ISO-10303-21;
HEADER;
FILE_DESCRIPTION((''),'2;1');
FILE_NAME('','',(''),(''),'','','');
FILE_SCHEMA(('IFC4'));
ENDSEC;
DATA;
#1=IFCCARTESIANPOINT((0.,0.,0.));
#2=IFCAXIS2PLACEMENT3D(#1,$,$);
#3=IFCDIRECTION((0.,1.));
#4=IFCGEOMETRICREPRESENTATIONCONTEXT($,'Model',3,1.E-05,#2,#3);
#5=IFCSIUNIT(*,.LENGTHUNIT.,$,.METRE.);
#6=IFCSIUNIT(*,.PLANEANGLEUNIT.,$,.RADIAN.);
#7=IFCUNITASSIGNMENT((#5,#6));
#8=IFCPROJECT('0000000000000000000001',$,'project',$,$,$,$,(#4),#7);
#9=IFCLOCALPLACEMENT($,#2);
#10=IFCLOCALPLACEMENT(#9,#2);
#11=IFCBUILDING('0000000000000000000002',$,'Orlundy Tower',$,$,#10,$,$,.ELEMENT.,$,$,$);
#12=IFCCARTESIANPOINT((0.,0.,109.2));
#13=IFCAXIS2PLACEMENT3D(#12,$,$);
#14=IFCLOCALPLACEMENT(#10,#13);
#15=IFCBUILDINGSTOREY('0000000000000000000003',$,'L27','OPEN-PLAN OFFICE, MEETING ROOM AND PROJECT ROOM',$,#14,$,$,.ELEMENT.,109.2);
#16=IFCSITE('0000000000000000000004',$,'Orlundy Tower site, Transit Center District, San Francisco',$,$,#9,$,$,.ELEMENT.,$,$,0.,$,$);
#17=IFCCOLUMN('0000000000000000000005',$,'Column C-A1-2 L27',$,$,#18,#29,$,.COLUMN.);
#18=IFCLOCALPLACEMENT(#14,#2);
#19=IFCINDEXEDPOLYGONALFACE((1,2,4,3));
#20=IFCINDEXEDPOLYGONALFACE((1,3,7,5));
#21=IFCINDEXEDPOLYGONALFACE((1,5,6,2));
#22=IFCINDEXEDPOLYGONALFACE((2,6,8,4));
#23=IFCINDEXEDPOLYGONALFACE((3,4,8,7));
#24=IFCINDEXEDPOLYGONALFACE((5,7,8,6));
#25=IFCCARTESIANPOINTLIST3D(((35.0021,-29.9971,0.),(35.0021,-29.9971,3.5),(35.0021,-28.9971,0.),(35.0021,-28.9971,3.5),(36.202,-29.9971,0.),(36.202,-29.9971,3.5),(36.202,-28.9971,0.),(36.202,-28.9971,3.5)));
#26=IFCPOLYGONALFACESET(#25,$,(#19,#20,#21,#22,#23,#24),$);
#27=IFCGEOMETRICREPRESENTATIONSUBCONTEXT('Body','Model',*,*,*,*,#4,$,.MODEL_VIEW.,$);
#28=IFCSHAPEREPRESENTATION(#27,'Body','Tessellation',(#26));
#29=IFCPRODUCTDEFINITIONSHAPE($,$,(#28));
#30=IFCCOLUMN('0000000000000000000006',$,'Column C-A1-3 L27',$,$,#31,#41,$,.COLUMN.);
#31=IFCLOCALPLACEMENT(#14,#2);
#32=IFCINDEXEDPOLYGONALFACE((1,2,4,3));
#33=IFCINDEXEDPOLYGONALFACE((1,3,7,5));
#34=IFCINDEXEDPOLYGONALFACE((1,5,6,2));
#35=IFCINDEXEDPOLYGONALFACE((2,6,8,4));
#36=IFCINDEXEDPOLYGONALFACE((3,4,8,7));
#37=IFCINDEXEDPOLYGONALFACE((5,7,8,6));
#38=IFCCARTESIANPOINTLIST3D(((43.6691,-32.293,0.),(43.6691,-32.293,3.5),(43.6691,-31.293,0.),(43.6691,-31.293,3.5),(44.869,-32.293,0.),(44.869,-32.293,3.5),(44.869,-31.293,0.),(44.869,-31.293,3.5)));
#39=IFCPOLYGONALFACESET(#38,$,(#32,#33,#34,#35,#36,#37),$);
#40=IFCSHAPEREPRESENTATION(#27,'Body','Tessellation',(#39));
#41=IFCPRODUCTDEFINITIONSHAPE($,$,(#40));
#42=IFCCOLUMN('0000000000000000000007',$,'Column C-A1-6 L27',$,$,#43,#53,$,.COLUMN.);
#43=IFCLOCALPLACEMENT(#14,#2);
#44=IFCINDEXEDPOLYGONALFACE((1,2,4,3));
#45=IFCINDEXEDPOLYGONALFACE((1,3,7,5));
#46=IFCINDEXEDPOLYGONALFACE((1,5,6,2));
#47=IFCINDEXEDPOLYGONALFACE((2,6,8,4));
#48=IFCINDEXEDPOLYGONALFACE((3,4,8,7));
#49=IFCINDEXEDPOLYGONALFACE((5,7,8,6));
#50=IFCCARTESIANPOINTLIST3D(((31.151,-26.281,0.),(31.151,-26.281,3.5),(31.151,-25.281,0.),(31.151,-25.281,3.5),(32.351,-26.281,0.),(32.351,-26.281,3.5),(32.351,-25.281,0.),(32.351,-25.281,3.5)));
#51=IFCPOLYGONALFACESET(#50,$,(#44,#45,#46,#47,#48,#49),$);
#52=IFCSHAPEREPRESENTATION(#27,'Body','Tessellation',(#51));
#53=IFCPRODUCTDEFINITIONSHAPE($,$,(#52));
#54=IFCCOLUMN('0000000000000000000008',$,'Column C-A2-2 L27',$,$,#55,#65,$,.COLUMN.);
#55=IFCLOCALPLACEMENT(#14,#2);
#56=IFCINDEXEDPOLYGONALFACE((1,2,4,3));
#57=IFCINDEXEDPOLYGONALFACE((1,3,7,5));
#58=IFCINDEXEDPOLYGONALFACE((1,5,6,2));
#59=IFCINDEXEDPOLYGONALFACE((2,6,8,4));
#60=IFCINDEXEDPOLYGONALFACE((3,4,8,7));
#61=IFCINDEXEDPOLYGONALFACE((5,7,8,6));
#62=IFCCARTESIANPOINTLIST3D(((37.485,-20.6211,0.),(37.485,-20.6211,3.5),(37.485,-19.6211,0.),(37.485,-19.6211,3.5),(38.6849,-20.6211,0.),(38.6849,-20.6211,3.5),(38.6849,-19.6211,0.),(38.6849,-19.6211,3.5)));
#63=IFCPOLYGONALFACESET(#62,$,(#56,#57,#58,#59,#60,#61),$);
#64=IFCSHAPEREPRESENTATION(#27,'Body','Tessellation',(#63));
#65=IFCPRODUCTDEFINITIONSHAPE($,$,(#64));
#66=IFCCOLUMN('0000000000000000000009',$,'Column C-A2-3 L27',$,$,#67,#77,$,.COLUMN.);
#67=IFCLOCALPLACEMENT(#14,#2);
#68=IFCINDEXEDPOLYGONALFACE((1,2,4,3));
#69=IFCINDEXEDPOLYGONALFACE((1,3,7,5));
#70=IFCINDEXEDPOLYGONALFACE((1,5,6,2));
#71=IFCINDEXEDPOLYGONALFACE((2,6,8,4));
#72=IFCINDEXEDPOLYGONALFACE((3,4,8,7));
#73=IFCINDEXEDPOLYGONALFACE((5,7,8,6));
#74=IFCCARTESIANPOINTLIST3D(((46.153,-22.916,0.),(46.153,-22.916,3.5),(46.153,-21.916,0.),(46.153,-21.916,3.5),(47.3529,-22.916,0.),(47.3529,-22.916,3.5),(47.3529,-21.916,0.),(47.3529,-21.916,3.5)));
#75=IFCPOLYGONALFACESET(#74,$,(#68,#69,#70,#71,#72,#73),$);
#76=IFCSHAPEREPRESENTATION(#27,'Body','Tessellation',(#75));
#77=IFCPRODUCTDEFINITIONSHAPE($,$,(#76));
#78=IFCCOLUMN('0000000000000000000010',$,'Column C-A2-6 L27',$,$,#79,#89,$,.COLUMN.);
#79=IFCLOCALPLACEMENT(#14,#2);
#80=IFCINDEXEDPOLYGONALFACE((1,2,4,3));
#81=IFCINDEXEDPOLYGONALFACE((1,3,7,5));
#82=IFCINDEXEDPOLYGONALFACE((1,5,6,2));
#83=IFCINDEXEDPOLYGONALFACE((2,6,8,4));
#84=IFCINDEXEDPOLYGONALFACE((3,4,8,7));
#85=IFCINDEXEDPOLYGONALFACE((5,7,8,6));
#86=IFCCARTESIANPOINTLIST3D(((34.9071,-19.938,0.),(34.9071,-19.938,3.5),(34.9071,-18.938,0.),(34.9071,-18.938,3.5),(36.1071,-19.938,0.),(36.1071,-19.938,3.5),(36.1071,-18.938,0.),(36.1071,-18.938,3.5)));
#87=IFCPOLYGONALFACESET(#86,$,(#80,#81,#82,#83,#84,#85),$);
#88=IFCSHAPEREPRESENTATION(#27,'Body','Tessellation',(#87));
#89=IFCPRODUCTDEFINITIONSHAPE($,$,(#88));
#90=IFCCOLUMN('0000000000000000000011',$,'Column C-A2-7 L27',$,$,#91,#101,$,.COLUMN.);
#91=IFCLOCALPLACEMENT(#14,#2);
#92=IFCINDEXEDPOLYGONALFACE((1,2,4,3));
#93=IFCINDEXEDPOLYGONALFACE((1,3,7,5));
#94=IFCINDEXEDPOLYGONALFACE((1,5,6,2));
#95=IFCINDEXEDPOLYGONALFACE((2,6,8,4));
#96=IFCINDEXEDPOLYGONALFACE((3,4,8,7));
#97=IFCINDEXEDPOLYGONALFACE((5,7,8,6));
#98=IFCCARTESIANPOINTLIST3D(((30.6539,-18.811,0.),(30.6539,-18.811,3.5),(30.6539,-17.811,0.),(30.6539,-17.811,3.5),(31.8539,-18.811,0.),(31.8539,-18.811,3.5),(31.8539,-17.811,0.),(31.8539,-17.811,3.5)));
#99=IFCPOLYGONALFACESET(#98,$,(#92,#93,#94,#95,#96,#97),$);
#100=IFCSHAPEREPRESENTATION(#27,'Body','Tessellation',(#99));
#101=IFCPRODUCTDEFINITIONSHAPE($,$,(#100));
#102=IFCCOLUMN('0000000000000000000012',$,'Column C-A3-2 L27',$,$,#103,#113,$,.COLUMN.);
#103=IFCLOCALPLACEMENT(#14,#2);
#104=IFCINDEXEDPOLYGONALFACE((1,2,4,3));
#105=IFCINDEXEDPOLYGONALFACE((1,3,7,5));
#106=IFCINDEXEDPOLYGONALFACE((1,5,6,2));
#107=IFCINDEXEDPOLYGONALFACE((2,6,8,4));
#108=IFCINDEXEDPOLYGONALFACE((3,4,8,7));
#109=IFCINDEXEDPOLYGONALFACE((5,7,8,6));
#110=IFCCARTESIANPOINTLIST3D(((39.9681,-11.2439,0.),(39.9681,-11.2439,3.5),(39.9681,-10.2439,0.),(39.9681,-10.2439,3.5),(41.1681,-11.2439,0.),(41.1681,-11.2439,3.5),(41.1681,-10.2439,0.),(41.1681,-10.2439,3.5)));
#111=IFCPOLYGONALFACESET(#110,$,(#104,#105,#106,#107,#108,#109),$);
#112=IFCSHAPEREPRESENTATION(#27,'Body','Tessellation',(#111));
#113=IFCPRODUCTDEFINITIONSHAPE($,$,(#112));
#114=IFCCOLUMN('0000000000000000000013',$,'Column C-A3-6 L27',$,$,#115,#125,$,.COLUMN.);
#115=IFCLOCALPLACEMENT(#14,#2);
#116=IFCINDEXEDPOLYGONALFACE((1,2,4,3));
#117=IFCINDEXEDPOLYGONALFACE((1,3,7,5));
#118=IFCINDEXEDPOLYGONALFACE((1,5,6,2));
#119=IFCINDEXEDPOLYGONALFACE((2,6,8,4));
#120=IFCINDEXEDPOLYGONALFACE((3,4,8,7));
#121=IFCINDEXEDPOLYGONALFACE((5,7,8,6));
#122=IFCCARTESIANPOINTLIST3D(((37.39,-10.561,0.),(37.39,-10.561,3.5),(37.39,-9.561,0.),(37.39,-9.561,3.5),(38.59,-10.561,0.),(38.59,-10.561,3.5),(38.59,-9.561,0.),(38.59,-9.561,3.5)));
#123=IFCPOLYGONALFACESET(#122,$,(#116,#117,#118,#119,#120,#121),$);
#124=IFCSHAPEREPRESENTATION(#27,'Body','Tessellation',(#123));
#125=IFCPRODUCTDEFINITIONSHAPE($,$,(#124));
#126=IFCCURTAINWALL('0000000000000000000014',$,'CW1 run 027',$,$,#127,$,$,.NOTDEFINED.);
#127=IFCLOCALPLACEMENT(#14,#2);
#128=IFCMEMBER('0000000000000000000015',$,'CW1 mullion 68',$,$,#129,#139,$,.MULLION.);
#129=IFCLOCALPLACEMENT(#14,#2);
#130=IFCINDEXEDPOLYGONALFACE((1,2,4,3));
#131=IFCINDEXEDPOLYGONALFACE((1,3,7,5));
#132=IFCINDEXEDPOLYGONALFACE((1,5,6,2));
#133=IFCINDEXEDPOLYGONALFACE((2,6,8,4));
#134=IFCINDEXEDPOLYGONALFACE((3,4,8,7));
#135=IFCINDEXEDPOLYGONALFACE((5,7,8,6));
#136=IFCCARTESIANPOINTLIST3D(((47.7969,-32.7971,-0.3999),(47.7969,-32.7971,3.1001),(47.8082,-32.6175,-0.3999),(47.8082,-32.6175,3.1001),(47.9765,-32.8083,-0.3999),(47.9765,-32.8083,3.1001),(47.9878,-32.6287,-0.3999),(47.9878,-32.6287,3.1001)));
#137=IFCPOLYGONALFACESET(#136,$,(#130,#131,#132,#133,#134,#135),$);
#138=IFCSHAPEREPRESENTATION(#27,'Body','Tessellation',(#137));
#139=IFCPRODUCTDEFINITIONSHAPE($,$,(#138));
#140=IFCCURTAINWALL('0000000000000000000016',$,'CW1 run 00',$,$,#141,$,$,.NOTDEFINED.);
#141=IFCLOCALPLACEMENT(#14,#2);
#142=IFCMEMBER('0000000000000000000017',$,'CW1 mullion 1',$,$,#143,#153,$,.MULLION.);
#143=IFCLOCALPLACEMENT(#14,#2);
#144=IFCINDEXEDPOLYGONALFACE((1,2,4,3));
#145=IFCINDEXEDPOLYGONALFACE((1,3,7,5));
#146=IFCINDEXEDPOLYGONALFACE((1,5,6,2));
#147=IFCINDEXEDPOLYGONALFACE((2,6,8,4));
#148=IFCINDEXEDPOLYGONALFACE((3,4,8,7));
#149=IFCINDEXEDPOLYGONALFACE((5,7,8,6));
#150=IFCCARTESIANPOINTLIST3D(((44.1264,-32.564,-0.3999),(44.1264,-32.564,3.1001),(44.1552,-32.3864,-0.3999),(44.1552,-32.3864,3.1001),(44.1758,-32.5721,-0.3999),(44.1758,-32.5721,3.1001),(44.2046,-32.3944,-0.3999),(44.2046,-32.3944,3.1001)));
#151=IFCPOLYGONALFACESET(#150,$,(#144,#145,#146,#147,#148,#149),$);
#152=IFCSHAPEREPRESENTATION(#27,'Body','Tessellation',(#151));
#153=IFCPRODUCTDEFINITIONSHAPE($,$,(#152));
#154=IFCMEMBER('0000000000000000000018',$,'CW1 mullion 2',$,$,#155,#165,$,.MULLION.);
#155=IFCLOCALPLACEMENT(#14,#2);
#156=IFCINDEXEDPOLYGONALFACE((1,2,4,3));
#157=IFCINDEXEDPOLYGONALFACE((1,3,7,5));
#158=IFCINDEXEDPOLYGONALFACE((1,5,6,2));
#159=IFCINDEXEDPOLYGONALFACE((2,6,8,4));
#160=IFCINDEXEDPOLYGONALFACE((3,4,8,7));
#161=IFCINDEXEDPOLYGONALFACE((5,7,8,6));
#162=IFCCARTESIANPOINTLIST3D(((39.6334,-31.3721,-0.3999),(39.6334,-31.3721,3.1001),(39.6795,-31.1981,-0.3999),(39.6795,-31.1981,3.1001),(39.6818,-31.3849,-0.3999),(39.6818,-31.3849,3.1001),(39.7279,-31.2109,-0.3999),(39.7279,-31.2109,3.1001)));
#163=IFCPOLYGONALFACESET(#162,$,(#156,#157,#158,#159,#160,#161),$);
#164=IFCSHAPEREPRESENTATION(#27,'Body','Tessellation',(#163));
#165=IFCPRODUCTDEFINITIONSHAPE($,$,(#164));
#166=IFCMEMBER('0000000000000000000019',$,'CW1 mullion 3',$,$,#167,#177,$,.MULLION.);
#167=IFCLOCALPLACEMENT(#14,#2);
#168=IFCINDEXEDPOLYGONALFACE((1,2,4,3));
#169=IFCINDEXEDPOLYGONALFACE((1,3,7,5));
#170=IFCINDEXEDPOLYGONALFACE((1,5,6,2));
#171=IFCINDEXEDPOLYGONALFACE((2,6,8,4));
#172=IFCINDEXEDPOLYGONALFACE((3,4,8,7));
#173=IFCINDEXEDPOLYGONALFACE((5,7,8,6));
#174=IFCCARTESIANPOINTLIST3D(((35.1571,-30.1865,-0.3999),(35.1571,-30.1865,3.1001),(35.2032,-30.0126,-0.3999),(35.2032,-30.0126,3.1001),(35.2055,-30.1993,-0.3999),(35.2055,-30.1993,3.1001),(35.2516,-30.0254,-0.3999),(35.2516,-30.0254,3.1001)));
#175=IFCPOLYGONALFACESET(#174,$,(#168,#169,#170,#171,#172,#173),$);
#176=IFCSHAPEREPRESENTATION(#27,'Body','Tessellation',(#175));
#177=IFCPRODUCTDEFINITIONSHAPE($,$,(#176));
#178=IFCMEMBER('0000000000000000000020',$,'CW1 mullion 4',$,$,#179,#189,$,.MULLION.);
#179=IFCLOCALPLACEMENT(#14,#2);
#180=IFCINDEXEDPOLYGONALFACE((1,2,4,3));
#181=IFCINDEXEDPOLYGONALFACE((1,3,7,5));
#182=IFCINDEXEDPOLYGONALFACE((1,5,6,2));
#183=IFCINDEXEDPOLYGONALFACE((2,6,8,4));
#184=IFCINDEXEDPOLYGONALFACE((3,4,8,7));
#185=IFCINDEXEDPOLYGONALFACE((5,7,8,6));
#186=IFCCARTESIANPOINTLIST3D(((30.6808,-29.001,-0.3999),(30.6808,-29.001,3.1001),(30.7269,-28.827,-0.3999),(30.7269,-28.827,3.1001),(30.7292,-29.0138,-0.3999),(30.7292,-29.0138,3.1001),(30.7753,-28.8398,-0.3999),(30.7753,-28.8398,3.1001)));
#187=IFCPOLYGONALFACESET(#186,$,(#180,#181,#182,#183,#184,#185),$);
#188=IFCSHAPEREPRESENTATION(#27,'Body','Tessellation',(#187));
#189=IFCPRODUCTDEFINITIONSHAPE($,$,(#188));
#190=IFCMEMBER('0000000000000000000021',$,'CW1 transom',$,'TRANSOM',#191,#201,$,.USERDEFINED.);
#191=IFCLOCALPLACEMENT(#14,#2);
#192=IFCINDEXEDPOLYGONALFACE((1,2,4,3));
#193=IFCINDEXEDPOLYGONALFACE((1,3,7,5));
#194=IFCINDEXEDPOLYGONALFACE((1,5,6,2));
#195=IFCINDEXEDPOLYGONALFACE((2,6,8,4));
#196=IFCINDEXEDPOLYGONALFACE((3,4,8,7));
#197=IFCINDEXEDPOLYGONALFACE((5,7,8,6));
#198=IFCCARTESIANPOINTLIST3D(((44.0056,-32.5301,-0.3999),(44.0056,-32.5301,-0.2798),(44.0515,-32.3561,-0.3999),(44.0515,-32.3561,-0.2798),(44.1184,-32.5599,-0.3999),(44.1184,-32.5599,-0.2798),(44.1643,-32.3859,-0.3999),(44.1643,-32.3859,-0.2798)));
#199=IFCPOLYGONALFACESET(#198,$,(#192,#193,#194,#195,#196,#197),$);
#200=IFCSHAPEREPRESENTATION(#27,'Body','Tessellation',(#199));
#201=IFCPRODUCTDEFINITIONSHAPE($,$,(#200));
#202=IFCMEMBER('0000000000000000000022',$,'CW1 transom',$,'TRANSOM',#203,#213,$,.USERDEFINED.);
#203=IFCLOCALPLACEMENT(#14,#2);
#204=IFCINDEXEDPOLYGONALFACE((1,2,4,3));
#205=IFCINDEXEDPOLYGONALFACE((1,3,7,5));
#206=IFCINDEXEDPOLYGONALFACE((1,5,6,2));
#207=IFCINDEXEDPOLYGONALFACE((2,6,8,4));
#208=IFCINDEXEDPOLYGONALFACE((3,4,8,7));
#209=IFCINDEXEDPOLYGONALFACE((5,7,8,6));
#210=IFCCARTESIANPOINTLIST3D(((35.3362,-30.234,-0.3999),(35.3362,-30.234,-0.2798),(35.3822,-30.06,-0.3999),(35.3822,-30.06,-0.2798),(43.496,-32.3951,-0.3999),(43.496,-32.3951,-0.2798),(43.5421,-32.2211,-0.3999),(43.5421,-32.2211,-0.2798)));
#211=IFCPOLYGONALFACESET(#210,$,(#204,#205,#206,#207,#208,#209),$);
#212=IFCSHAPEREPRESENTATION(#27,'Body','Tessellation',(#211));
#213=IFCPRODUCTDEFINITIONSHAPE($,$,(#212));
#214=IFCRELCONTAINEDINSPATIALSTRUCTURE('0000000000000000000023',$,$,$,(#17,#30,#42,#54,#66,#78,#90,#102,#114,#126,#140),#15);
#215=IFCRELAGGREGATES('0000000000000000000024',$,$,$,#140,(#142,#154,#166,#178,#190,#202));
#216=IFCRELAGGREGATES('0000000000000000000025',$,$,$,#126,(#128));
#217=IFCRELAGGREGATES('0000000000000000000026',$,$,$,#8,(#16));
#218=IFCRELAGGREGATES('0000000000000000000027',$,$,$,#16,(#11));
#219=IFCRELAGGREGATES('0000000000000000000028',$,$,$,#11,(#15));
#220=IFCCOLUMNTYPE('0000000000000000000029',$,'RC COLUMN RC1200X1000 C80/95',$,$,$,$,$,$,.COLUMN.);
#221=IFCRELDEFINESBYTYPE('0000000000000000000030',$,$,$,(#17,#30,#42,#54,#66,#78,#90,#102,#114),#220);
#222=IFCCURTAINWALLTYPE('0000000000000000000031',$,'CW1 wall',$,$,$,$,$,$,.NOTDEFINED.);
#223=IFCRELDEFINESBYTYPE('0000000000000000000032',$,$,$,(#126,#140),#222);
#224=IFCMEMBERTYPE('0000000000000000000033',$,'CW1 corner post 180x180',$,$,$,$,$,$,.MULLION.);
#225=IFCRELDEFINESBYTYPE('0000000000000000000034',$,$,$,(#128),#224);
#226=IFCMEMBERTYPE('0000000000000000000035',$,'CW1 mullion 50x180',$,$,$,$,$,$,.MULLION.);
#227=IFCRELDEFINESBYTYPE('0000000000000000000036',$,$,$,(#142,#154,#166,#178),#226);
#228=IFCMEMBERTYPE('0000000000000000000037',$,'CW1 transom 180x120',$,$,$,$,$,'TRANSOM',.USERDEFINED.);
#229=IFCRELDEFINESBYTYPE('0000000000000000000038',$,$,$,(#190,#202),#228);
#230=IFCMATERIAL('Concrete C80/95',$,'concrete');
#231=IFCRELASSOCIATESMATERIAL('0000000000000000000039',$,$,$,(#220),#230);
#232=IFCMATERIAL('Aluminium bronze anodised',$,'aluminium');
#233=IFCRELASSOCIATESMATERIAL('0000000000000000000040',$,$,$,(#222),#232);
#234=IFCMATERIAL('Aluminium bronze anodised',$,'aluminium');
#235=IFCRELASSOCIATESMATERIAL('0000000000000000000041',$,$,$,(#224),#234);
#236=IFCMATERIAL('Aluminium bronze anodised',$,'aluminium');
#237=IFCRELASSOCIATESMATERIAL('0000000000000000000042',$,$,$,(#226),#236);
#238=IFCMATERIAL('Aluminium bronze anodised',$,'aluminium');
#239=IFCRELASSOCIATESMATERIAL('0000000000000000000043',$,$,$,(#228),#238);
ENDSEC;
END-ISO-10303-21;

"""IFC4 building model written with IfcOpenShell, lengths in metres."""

from ifc_helpers import new_model, si_unit, direction, frame, origin, origin_2d, place, context, subcontext, project, spatial, rectangle, extrude, material, material_profile, profile_set, type_object, element, aggregate, save


model = new_model("IFC4")

# Units and contexts
model_context = context("Model", 3, precision=1e-05, world=origin(), true_north=direction((0.0, 1.0)))
body_context = subcontext(model_context, "Body", "Model", "MODEL_VIEW")
ifc_project = project(units=[si_unit("LENGTHUNIT", "METRE"), si_unit("PLANEANGLEUNIT", "RADIAN")], contexts=[model_context])

# Site, building, storey
site_placement = place(None, origin())
site = spatial("IfcSite", under=ifc_project, at=site_placement, Name="Orlundy Tower site, Transit Center District, San Francisco", CompositionType="ELEMENT", RefElevation=0.0)
building_placement = place(site_placement, origin())
building = spatial("IfcBuilding", under=site, at=building_placement, Name="Orlundy Tower", CompositionType="ELEMENT")
storey_placement = place(building_placement, frame((0.0, 0.0, 109.2)))
storey = spatial("IfcBuildingStorey", under=building, at=storey_placement, Name="L27", Description="OPEN-PLAN OFFICE, MEETING ROOM AND PROJECT ROOM", CompositionType="ELEMENT", Elevation=109.2)

# Columns
ifc_material_1 = material(Name="Concrete C80/95", Category="concrete")
ifc_material_profile_1 = material_profile(ifc_material_1, rectangle(XDim=1.2, YDim=1.0, at=origin_2d()), Name="RC1200X1000")
ifc_profile_set_1 = profile_set([ifc_material_profile_1], Name="Concrete C80/95")
column_type = type_object("IfcColumnType", Name="RC COLUMN RC1200X1000 C80/95", PredefinedType="COLUMN", material=ifc_profile_set_1)
for number, where, z_axis, x_axis, name in (
    (1, (35.6021, -29.4971, 0.0), (0.0, 0.0, 1.0), (1.0, 0.0, 0.0), "Column C-A1-2 L27"),
    (2, (44.269, -31.793, 0.0), (0.0, 0.0, 1.0), (1.0, 0.0, 0.0), "Column C-A1-3 L27"),
    (3, (31.751, -25.781, 0.0), (0.0, 0.0, 1.0), (1.0, 0.0, 0.0), "Column C-A1-6 L27"),
    (4, (38.085, -20.1211, 0.0), (0.0, 0.0, 1.0), (1.0, 0.0, 0.0), "Column C-A2-2 L27"),
    (5, (46.7529, -22.416, 0.0), (0.0, 0.0, 1.0), (1.0, 0.0, 0.0), "Column C-A2-3 L27"),
    (6, (35.5071, -19.438, 0.0), (0.0, 0.0, 1.0), (1.0, 0.0, 0.0), "Column C-A2-6 L27"),
    (7, (31.2539, -18.311, 0.0), (0.0, 0.0, 1.0), (1.0, 0.0, 0.0), "Column C-A2-7 L27"),
    (8, (40.5681, -10.7439, 0.0), (0.0, 0.0, 1.0), (1.0, 0.0, 0.0), "Column C-A3-2 L27"),
    (9, (37.99, -10.061, 0.0), (0.0, 0.0, 1.0), (1.0, 0.0, 0.0), "Column C-A3-6 L27"),
):
    element("IfcColumn", number, at=place(storey_placement, frame(where, z_axis=z_axis, x_axis=x_axis)), inside=storey, type_object=column_type, Name=name, PredefinedType="COLUMN", context=body_context, shape_type="SweptSolid", body=[
        extrude(rectangle(XDim=1.2, YDim=1.0, at=origin_2d()), origin(), (0.0, 0.0, 1.0), 3.5),
    ])

# Curtain wall, member
ifc_material_2 = material(Name="Aluminium bronze anodised", Category="aluminium")
curtain_wall_type = type_object("IfcCurtainWallType", Name="CW1 wall", PredefinedType="NOTDEFINED", material=ifc_material_2)
curtain_wall_1_placement = place(storey_placement, origin())
curtain_wall_1 = element("IfcCurtainWall", 10, at=curtain_wall_1_placement, inside=storey, type_object=curtain_wall_type, Name="CW1 run 027", PredefinedType="NOTDEFINED")
ifc_material_3 = material(Name="Aluminium bronze anodised", Category="aluminium")
ifc_material_profile_2 = material_profile(ifc_material_3, rectangle(XDim=0.1799, YDim=0.1799, at=origin_2d()), Name="CW1 corner post 180x180")
ifc_profile_set_2 = profile_set([ifc_material_profile_2], Name="Aluminium bronze anodised")
member_type_1 = type_object("IfcMemberType", Name="CW1 corner post 180x180", PredefinedType="MULLION", material=ifc_profile_set_2)
member_1_placement = place(storey_placement, frame((47.8923, -32.7129, -0.3999), z_axis=(0.0, 0.0, 1.0), x_axis=(-0.06258, -0.99804, 0.0)))
member_1 = element("IfcMember", 11, at=member_1_placement, type_object=member_type_1, Name="CW1 mullion 68", PredefinedType="MULLION", context=body_context, shape_type="SweptSolid", body=[
    extrude(rectangle(XDim=0.1799, YDim=0.1799, at=origin_2d()), origin(), (0.0, 0.0, 1.0), 3.5),
])

# Curtain wall, members
curtain_wall_2_placement = place(storey_placement, origin())
curtain_wall_2 = element("IfcCurtainWall", 12, at=curtain_wall_2_placement, inside=storey, type_object=curtain_wall_type, Name="CW1 run 00", PredefinedType="NOTDEFINED")
ifc_material_4 = material(Name="Aluminium bronze anodised", Category="aluminium")
ifc_material_profile_3 = material_profile(ifc_material_4, rectangle(XDim=0.1799, YDim=0.05, at=origin_2d()), Name="CW1 mullion 50x180")
ifc_profile_set_3 = profile_set([ifc_material_profile_3], Name="Aluminium bronze anodised")
member_type_2 = type_object("IfcMemberType", Name="CW1 mullion 50x180", PredefinedType="MULLION", material=ifc_profile_set_3)
member_2_placement = place(storey_placement, frame((44.1655, -32.4792, -0.3999), z_axis=(0.0, 0.0, 1.0), x_axis=(-0.160066, -0.987106, 0.0)))
member_2 = element("IfcMember", 13, at=member_2_placement, type_object=member_type_2, Name="CW1 mullion 1", PredefinedType="MULLION", context=body_context, shape_type="SweptSolid", body=[
    extrude(rectangle(XDim=0.1799, YDim=0.05, at=origin_2d()), origin(), (0.0, 0.0, 1.0), 3.5),
])
member_3_placement = place(storey_placement, frame((39.6807, -31.2915, -0.3999), z_axis=(0.0, 0.0, 1.0), x_axis=(-0.256011, -0.966674, 0.0)))
member_3 = element("IfcMember", 14, at=member_3_placement, type_object=member_type_2, Name="CW1 mullion 2", PredefinedType="MULLION", context=body_context, shape_type="SweptSolid", body=[
    extrude(rectangle(XDim=0.1799, YDim=0.05, at=origin_2d()), origin(), (0.0, 0.0, 1.0), 3.5),
])
member_4_placement = place(storey_placement, frame((35.2043, -30.106, -0.3999), z_axis=(0.0, 0.0, 1.0), x_axis=(-0.256011, -0.966674, 0.0)))
member_4 = element("IfcMember", 15, at=member_4_placement, type_object=member_type_2, Name="CW1 mullion 3", PredefinedType="MULLION", context=body_context, shape_type="SweptSolid", body=[
    extrude(rectangle(XDim=0.1799, YDim=0.05, at=origin_2d()), origin(), (0.0, 0.0, 1.0), 3.5),
])
member_5_placement = place(storey_placement, frame((30.728, -28.9204, -0.3999), z_axis=(0.0, 0.0, 1.0), x_axis=(-0.256011, -0.966674, 0.0)))
member_5 = element("IfcMember", 16, at=member_5_placement, type_object=member_type_2, Name="CW1 mullion 4", PredefinedType="MULLION", context=body_context, shape_type="SweptSolid", body=[
    extrude(rectangle(XDim=0.1799, YDim=0.05, at=origin_2d()), origin(), (0.0, 0.0, 1.0), 3.5),
])
ifc_material_5 = material(Name="Aluminium bronze anodised", Category="aluminium")
ifc_material_profile_4 = material_profile(ifc_material_5, rectangle(XDim=0.1799, YDim=0.1201, at=origin_2d()), Name="CW1 transom 180x120")
ifc_profile_set_4 = profile_set([ifc_material_profile_4], Name="Aluminium bronze anodised")
member_type_3 = type_object("IfcMemberType", Name="CW1 transom 180x120", ElementType="TRANSOM", PredefinedType="USERDEFINED", material=ifc_profile_set_4)
member_6_placement = place(storey_placement, frame((44.1414, -32.4729, -0.3398), z_axis=(-0.966857, 0.255317, 0.0), x_axis=(-0.255317, -0.966857, 0.0)))
member_6 = element("IfcMember", 17, at=member_6_placement, type_object=member_type_3, Name="CW1 transom", ObjectType="TRANSOM", PredefinedType="USERDEFINED", context=body_context, shape_type="SweptSolid", body=[
    extrude(rectangle(XDim=0.1799, YDim=0.1201, at=origin_2d()), origin(), (0.0, 0.0, 1.0), 0.1167),
])
member_7_placement = place(storey_placement, frame((43.519, -32.3081, -0.3398), z_axis=(-0.966671, 0.256021, 0.0), x_axis=(-0.256021, -0.966671, 0.0)))
member_7 = element("IfcMember", 18, at=member_7_placement, type_object=member_type_3, Name="CW1 transom", ObjectType="TRANSOM", PredefinedType="USERDEFINED", context=body_context, shape_type="SweptSolid", body=[
    extrude(rectangle(XDim=0.1799, YDim=0.1201, at=origin_2d()), origin(), (0.0, 0.0, 1.0), 8.4412),
])

aggregate(curtain_wall_2, [member_2, member_3, member_4, member_5, member_6, member_7])
aggregate(curtain_wall_1, [member_1])

save(model, "model.ifc")
